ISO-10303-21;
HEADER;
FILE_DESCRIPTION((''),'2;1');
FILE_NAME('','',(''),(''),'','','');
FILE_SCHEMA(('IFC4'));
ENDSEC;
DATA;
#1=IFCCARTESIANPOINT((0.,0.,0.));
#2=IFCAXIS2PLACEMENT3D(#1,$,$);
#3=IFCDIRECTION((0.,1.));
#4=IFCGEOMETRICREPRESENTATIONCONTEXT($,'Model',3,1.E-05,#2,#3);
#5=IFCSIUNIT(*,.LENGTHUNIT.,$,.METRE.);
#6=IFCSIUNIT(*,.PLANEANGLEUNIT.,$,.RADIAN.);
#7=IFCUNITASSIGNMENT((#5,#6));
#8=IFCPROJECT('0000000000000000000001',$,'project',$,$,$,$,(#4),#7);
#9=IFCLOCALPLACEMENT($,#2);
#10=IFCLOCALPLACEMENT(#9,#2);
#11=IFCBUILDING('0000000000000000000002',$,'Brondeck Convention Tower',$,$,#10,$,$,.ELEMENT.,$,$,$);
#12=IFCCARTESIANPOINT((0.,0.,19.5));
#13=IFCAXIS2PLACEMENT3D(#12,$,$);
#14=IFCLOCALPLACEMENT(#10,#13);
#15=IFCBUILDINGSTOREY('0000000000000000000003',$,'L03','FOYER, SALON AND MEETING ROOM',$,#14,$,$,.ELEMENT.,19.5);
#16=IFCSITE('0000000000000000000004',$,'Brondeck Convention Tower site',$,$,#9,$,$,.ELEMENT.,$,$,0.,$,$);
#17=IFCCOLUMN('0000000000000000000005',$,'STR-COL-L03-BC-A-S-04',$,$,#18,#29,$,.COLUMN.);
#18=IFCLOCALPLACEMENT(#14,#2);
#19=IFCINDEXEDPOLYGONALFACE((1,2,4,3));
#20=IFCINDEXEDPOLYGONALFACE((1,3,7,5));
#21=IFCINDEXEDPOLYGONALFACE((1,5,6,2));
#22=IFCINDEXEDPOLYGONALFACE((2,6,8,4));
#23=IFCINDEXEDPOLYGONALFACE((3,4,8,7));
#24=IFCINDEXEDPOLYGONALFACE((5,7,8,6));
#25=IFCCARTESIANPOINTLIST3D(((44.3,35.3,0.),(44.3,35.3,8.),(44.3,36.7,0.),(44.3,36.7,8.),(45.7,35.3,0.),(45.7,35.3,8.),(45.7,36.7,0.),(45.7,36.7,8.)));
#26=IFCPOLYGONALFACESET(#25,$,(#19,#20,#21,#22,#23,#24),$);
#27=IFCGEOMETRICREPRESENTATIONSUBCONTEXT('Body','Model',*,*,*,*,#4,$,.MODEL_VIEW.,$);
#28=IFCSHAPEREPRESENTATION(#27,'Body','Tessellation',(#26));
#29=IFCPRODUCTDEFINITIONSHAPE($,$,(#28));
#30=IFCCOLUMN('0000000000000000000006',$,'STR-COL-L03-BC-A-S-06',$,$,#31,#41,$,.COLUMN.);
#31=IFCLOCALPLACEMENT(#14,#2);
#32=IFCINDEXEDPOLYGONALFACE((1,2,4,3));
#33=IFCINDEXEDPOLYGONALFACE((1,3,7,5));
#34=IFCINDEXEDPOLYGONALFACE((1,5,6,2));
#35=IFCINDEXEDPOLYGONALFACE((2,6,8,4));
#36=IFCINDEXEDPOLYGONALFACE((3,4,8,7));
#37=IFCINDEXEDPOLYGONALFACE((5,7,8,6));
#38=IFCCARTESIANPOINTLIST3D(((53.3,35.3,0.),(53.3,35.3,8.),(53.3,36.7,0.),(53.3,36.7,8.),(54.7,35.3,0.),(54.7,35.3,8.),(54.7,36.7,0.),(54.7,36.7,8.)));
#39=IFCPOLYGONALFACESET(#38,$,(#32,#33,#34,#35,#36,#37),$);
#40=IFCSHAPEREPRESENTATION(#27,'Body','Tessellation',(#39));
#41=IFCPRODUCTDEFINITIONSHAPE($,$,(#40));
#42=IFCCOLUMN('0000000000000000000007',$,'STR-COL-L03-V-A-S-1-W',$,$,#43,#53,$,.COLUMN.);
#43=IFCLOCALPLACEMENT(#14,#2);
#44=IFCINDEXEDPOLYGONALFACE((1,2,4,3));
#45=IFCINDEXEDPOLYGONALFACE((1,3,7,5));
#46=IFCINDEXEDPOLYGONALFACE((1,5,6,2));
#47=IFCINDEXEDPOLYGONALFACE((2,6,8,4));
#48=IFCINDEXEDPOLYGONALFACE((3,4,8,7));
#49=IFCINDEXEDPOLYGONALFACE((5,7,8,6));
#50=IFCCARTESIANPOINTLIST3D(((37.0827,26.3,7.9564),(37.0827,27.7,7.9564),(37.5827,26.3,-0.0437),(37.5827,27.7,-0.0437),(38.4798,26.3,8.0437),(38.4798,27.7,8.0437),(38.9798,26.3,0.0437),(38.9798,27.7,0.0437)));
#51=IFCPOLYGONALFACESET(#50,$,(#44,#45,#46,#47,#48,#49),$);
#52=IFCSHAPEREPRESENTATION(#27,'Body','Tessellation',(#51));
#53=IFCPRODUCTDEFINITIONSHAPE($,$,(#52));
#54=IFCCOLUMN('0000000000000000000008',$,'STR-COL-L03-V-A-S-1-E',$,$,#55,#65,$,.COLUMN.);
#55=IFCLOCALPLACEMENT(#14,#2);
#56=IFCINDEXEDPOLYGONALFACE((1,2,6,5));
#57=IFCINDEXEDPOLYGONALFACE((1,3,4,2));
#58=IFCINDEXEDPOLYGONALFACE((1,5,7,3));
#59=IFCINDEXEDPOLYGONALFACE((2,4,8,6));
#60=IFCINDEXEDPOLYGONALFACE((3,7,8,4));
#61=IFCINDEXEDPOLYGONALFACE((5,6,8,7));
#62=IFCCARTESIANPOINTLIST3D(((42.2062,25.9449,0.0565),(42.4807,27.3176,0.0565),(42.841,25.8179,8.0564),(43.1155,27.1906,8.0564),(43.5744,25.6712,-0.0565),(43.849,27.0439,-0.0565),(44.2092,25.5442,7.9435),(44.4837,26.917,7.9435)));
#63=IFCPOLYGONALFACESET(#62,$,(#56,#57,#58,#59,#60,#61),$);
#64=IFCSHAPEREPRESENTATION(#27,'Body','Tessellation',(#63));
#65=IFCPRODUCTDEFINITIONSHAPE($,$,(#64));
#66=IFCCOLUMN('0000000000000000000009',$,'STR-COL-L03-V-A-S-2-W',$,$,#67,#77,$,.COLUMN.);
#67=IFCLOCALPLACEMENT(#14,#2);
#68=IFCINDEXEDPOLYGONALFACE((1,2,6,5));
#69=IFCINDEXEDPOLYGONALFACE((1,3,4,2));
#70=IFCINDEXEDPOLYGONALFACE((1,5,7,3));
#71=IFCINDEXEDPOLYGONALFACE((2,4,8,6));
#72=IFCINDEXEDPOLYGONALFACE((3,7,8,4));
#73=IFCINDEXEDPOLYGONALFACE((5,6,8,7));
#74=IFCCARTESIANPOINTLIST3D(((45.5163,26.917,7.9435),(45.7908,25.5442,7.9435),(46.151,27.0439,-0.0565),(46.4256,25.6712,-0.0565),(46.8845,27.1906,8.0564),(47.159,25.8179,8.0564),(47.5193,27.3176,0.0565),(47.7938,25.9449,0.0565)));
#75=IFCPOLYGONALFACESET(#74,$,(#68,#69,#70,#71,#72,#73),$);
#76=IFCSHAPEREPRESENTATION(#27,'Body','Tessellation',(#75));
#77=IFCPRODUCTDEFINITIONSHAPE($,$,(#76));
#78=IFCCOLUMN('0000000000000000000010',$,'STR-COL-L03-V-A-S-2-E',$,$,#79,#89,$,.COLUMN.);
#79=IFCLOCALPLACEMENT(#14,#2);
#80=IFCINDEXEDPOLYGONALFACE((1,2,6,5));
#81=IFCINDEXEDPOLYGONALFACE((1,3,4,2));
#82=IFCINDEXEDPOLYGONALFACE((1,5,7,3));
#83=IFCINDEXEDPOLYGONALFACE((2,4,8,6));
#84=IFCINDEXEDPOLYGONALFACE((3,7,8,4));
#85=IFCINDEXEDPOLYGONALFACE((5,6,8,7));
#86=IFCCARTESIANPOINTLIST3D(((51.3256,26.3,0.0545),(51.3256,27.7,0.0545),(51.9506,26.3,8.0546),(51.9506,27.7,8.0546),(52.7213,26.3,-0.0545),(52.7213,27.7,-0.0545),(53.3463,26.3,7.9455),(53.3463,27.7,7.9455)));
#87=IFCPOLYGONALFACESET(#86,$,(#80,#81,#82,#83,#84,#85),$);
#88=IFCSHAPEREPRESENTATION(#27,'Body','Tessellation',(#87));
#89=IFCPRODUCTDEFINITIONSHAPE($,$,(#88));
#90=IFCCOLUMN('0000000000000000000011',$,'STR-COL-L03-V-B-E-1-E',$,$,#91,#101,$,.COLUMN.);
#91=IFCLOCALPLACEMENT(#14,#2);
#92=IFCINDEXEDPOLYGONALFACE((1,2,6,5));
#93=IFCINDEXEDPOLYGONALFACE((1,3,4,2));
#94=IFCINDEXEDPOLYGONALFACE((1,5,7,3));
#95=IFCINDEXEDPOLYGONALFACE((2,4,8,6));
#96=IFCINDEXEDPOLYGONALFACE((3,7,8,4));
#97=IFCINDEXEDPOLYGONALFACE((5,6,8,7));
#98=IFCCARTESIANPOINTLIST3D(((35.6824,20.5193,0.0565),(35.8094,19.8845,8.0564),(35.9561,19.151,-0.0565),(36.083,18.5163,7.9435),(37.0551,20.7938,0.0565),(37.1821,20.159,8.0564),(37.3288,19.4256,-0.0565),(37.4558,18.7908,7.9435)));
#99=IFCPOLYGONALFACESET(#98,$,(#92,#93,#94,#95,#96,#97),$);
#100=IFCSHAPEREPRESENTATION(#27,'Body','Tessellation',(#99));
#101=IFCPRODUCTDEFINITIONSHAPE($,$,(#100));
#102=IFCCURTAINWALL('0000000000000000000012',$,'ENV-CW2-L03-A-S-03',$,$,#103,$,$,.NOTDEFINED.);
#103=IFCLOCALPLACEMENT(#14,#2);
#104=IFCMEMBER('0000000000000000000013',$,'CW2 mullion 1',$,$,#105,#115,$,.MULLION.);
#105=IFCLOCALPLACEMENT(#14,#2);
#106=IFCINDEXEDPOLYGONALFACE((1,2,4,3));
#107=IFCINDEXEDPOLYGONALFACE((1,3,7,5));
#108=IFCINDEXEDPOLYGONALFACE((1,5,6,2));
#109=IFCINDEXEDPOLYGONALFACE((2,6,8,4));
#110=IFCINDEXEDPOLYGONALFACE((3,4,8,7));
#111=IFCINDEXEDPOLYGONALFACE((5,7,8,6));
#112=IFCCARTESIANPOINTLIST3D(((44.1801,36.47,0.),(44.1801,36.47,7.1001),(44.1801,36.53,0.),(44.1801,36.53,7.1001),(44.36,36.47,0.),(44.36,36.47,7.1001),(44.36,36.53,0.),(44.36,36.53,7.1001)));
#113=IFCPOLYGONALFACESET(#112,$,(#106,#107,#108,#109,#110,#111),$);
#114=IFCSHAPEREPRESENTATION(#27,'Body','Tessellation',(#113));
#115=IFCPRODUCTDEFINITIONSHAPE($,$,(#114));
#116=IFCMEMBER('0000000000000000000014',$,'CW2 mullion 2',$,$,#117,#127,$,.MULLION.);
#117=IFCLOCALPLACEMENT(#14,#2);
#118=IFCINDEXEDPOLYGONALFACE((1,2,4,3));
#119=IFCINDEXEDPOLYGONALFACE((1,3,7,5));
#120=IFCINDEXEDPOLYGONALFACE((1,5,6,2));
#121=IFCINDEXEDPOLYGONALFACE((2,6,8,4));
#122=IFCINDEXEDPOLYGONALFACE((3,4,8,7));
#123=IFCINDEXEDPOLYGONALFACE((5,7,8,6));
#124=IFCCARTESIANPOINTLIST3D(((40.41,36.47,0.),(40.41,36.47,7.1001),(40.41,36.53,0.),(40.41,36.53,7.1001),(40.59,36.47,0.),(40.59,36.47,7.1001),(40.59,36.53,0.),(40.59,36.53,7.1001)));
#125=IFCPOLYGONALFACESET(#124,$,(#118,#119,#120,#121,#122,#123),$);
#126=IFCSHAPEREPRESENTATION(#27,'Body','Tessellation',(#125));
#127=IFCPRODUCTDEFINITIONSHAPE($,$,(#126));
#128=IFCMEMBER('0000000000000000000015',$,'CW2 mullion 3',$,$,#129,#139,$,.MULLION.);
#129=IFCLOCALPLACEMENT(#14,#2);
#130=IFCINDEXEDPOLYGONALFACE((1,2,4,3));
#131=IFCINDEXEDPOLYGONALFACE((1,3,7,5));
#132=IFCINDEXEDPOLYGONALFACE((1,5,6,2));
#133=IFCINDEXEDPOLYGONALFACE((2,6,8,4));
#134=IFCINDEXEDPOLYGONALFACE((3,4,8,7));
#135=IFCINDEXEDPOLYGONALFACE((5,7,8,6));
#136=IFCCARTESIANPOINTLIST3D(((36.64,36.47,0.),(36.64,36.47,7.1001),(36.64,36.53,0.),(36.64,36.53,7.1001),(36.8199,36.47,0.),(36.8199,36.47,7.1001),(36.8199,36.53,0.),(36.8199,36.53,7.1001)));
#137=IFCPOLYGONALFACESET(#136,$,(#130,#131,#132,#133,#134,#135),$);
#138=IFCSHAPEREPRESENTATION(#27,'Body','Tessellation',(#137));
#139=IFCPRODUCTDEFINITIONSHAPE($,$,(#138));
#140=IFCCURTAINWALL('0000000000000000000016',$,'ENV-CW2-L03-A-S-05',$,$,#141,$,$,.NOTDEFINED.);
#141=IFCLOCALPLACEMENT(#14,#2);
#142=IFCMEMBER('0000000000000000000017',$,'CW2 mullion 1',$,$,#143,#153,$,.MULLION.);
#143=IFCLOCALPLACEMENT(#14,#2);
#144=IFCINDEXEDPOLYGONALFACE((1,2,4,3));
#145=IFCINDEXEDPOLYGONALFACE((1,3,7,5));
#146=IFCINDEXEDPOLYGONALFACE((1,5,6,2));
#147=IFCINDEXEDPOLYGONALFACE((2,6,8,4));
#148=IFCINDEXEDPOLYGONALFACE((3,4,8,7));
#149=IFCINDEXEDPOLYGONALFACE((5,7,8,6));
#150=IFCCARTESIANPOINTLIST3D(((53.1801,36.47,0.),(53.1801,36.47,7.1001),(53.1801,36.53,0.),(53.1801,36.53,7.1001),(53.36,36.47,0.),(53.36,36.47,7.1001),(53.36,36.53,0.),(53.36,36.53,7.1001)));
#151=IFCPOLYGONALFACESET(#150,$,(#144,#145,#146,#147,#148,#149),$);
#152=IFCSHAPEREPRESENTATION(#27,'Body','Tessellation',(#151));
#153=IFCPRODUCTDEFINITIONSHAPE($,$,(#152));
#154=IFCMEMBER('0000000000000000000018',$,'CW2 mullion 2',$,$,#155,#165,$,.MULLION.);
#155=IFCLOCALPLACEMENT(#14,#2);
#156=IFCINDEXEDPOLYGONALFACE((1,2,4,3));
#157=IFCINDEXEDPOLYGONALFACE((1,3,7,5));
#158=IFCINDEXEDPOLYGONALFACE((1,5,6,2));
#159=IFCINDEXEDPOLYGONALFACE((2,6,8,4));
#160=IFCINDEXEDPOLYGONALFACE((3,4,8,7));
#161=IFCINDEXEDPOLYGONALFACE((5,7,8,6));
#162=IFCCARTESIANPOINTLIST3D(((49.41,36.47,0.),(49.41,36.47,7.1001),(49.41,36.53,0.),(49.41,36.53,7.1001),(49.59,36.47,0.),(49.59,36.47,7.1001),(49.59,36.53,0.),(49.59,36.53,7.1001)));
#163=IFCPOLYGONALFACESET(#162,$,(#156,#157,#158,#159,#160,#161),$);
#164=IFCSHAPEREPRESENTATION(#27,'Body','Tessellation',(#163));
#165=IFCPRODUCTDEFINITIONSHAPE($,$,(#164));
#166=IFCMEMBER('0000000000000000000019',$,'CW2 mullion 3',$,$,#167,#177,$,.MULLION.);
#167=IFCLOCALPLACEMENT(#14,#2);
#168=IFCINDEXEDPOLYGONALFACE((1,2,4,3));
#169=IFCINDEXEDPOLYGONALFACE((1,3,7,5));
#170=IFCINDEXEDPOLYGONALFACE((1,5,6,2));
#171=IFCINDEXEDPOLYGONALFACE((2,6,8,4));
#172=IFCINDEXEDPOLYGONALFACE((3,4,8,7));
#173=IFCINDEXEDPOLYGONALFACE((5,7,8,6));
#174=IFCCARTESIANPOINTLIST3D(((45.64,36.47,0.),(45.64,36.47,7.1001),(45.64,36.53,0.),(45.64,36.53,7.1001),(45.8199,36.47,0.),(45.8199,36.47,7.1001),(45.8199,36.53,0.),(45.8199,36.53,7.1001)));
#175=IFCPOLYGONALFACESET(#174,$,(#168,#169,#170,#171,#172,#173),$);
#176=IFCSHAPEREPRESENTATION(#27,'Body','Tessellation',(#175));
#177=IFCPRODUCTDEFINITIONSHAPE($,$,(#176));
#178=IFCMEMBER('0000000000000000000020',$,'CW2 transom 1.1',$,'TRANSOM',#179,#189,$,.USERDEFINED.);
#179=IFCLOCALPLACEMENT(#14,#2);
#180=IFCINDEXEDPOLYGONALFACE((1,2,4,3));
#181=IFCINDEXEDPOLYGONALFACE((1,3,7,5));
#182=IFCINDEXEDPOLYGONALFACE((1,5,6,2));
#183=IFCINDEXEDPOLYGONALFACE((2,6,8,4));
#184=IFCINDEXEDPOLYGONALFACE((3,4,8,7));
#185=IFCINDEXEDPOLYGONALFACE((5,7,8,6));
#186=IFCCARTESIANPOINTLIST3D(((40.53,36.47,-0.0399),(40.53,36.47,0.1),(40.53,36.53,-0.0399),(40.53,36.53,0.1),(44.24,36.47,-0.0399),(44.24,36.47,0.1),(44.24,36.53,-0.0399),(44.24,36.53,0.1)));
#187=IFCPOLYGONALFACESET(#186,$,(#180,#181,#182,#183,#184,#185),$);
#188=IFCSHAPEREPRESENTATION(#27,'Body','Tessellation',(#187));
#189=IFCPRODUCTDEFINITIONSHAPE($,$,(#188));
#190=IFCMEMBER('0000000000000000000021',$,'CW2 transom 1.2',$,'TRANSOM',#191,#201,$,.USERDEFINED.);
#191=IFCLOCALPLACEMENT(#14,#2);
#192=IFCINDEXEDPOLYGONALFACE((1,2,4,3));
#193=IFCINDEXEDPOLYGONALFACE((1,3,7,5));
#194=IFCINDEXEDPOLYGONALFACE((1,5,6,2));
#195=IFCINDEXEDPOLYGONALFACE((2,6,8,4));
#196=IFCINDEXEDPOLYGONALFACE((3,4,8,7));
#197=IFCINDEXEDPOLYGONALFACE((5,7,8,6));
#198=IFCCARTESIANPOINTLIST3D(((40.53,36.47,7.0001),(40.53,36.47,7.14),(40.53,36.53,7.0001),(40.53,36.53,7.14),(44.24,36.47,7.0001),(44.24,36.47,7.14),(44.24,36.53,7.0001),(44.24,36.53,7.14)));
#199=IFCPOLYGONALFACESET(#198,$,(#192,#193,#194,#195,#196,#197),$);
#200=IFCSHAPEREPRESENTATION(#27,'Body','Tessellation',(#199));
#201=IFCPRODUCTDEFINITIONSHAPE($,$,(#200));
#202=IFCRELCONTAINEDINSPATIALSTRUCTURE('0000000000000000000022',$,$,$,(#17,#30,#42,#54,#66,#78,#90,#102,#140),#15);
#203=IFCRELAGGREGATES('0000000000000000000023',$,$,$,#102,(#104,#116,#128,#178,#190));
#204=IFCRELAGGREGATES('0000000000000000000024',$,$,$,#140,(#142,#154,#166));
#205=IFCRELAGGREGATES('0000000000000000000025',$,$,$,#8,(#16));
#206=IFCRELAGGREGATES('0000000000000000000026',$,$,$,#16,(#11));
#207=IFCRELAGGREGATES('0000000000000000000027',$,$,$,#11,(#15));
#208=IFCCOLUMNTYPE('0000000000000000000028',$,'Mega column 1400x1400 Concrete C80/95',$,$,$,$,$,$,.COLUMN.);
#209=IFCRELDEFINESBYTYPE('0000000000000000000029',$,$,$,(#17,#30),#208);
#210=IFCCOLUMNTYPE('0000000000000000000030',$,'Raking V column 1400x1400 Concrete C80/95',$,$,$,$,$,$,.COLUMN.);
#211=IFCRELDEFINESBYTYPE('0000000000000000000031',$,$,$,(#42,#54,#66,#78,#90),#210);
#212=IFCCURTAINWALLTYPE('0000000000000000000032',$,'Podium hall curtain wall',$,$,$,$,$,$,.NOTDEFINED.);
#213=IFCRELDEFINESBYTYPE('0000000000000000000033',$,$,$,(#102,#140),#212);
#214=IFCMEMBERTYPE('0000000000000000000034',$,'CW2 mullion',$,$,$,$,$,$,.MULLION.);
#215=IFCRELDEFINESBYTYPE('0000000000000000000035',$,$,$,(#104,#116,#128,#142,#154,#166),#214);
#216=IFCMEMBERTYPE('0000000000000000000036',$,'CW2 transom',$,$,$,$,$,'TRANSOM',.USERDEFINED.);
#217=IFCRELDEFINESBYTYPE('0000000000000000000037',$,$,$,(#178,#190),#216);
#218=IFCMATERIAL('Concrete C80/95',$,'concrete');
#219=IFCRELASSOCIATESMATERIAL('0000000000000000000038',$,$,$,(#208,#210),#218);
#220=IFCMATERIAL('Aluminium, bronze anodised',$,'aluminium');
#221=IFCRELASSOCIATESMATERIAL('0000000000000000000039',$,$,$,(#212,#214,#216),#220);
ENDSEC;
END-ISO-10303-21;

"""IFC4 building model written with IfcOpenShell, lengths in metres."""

from ifc_helpers import new_model, si_unit, direction, frame, origin, origin_2d, place, context, subcontext, project, spatial, rectangle, extrude, material, material_profile, profile_set, type_object, element, aggregate, save


model = new_model("IFC4")

# Units and contexts
model_context = context("Model", 3, precision=1e-05, world=origin(), true_north=direction((0.0, 1.0)))
body_context = subcontext(model_context, "Body", "Model", "MODEL_VIEW")
ifc_project = project(units=[si_unit("LENGTHUNIT", "METRE"), si_unit("PLANEANGLEUNIT", "RADIAN")], contexts=[model_context])

# Site, building, storey
site_placement = place(None, origin())
site = spatial("IfcSite", under=ifc_project, at=site_placement, Name="Brondeck Convention Tower site", CompositionType="ELEMENT", RefElevation=0.0)
building_placement = place(site_placement, origin())
building = spatial("IfcBuilding", under=site, at=building_placement, Name="Brondeck Convention Tower", CompositionType="ELEMENT")
storey_placement = place(building_placement, frame((0.0, 0.0, 19.5)))
storey = spatial("IfcBuildingStorey", under=building, at=storey_placement, Name="L03", Description="FOYER, SALON AND MEETING ROOM", CompositionType="ELEMENT", Elevation=19.5)

# Columns
ifc_material_1 = material(Name="Concrete C80/95", Category="concrete")
ifc_material_profile_1 = material_profile(ifc_material_1, rectangle(XDim=1.3999, YDim=1.3999, at=origin_2d()), Name="Mega column 1400x1400 Concrete C80/95")
ifc_profile_set_1 = profile_set([ifc_material_profile_1], Name="Concrete C80/95")
column_type_1 = type_object("IfcColumnType", Name="Mega column 1400x1400 Concrete C80/95", PredefinedType="COLUMN", material=ifc_profile_set_1)
for number, where, z_axis, x_axis, name in (
    (1, (45.0, 36.0, 0.0), (0.0, 0.0, 1.0), (1.0, 0.0, 0.0), "STR-COL-L03-BC-A-S-04"),
    (2, (54.0, 36.0, 0.0), (0.0, 0.0, 1.0), (1.0, 0.0, 0.0), "STR-COL-L03-BC-A-S-06"),
):
    element("IfcColumn", number, at=place(storey_placement, frame(where, z_axis=z_axis, x_axis=x_axis)), inside=storey, type_object=column_type_1, Name=name, PredefinedType="COLUMN", context=body_context, shape_type="SweptSolid", body=[
        extrude(rectangle(XDim=1.3999, YDim=1.3999, at=origin_2d()), origin(), (0.0, 0.0, 1.0), 8.0),
    ])
ifc_material_profile_2 = material_profile(ifc_material_1, rectangle(XDim=1.3999, YDim=1.3999, at=origin_2d()), Name="Raking V column 1400x1400 Concrete C80/95")
ifc_profile_set_2 = profile_set([ifc_material_profile_2], Name="Concrete C80/95")
column_type_2 = type_object("IfcColumnType", Name="Raking V column 1400x1400 Concrete C80/95", PredefinedType="COLUMN", material=ifc_profile_set_2)
column_1_placement = place(storey_placement, frame((38.2812, 27.0, 0.0), z_axis=(-0.062378, 0.0, 0.998053), x_axis=(0.0, -1.0, 0.0)))
element("IfcColumn", 3, at=column_1_placement, inside=storey, type_object=column_type_2, Name="STR-COL-L03-V-A-S-1-W", PredefinedType="COLUMN", context=body_context, shape_type="SweptSolid", body=[
    extrude(rectangle(XDim=1.3999, YDim=1.3999, at=origin_2d()), origin(), (0.0, 0.0, 1.0), 8.0156),
])
for number, where, z_axis, x_axis, name in (
    (4, (43.0276, 26.4944, 0.0), (0.079087, -0.015817, 0.996742), (0.196116, 0.980581, 0.0), "STR-COL-L03-V-A-S-1-E"),
    (5, (46.9724, 26.4944, 0.0), (-0.079087, -0.015817, 0.996742), (0.196116, -0.980581, 0.0), "STR-COL-L03-V-A-S-2-W"),
):
    element("IfcColumn", number, at=place(storey_placement, frame(where, z_axis=z_axis, x_axis=x_axis)), inside=storey, type_object=column_type_2, Name=name, PredefinedType="COLUMN", context=body_context, shape_type="SweptSolid", body=[
        extrude(rectangle(XDim=1.3999, YDim=1.3999, at=origin_2d()), origin(), (0.0, 0.0, 1.0), 8.0261),
    ])
column_2_placement = place(storey_placement, frame((52.0234, 27.0, 0.0), z_axis=(0.077888, 0.0, 0.996962), x_axis=(0.0, 1.0, 0.0)))
element("IfcColumn", 6, at=column_2_placement, inside=storey, type_object=column_type_2, Name="STR-COL-L03-V-A-S-2-E", PredefinedType="COLUMN", context=body_context, shape_type="SweptSolid", body=[
    extrude(rectangle(XDim=1.3999, YDim=1.3999, at=origin_2d()), origin(), (0.0, 0.0, 1.0), 8.0244),
])
column_3_placement = place(storey_placement, frame((36.5056, 19.9724, 0.0), z_axis=(0.015817, -0.079087, 0.996742), x_axis=(0.980581, 0.196116, 0.0)))
element("IfcColumn", 7, at=column_3_placement, inside=storey, type_object=column_type_2, Name="STR-COL-L03-V-B-E-1-E", PredefinedType="COLUMN", context=body_context, shape_type="SweptSolid", body=[
    extrude(rectangle(XDim=1.3999, YDim=1.3999, at=origin_2d()), origin(), (0.0, 0.0, 1.0), 8.0261),
])

# Curtain walls, members
ifc_material_2 = material(Name="Aluminium, bronze anodised", Category="aluminium")
curtain_wall_type = type_object("IfcCurtainWallType", Name="Podium hall curtain wall", PredefinedType="NOTDEFINED", material=ifc_material_2)
curtain_wall_1_placement = place(storey_placement, origin())
curtain_wall_1 = element("IfcCurtainWall", 8, at=curtain_wall_1_placement, inside=storey, type_object=curtain_wall_type, Name="ENV-CW2-L03-A-S-03", PredefinedType="NOTDEFINED")
ifc_material_profile_3 = material_profile(ifc_material_2, rectangle(XDim=0.0601, YDim=0.1799, at=origin_2d()), Name="CW2 mullion")
ifc_profile_set_3 = profile_set([ifc_material_profile_3], Name="Aluminium, bronze anodised")
member_type_1 = type_object("IfcMemberType", Name="CW2 mullion", PredefinedType="MULLION", material=ifc_profile_set_3)
member_1_placement = place(storey_placement, frame((44.27, 36.5, 0.0), z_axis=(0.0, 0.0, 1.0), x_axis=(0.0, -1.0, 0.0)))
member_1 = element("IfcMember", 9, at=member_1_placement, type_object=member_type_1, Name="CW2 mullion 1", PredefinedType="MULLION", context=body_context, shape_type="SweptSolid", body=[
    extrude(rectangle(XDim=0.0601, YDim=0.1799, at=origin_2d()), origin(), (0.0, 0.0, 1.0), 7.1001),
])
member_2_placement = place(storey_placement, frame((40.5, 36.5, 0.0), z_axis=(0.0, 0.0, 1.0), x_axis=(0.0, -1.0, 0.0)))
member_2 = element("IfcMember", 10, at=member_2_placement, type_object=member_type_1, Name="CW2 mullion 2", PredefinedType="MULLION", context=body_context, shape_type="SweptSolid", body=[
    extrude(rectangle(XDim=0.0601, YDim=0.1799, at=origin_2d()), origin(), (0.0, 0.0, 1.0), 7.1001),
])
member_3_placement = place(storey_placement, frame((36.73, 36.5, 0.0), z_axis=(0.0, 0.0, 1.0), x_axis=(0.0, -1.0, 0.0)))
member_3 = element("IfcMember", 11, at=member_3_placement, type_object=member_type_1, Name="CW2 mullion 3", PredefinedType="MULLION", context=body_context, shape_type="SweptSolid", body=[
    extrude(rectangle(XDim=0.0601, YDim=0.1799, at=origin_2d()), origin(), (0.0, 0.0, 1.0), 7.1001),
])
curtain_wall_2_placement = place(storey_placement, origin())
curtain_wall_2 = element("IfcCurtainWall", 12, at=curtain_wall_2_placement, inside=storey, type_object=curtain_wall_type, Name="ENV-CW2-L03-A-S-05", PredefinedType="NOTDEFINED")
member_4_placement = place(storey_placement, frame((53.27, 36.5, 0.0), z_axis=(0.0, 0.0, 1.0), x_axis=(0.0, -1.0, 0.0)))
member_4 = element("IfcMember", 13, at=member_4_placement, type_object=member_type_1, Name="CW2 mullion 1", PredefinedType="MULLION", context=body_context, shape_type="SweptSolid", body=[
    extrude(rectangle(XDim=0.0601, YDim=0.1799, at=origin_2d()), origin(), (0.0, 0.0, 1.0), 7.1001),
])
member_5_placement = place(storey_placement, frame((49.5, 36.5, 0.0), z_axis=(0.0, 0.0, 1.0), x_axis=(0.0, -1.0, 0.0)))
member_5 = element("IfcMember", 14, at=member_5_placement, type_object=member_type_1, Name="CW2 mullion 2", PredefinedType="MULLION", context=body_context, shape_type="SweptSolid", body=[
    extrude(rectangle(XDim=0.0601, YDim=0.1799, at=origin_2d()), origin(), (0.0, 0.0, 1.0), 7.1001),
])
member_6_placement = place(storey_placement, frame((45.73, 36.5, 0.0), z_axis=(0.0, 0.0, 1.0), x_axis=(0.0, -1.0, 0.0)))
member_6 = element("IfcMember", 15, at=member_6_placement, type_object=member_type_1, Name="CW2 mullion 3", PredefinedType="MULLION", context=body_context, shape_type="SweptSolid", body=[
    extrude(rectangle(XDim=0.0601, YDim=0.1799, at=origin_2d()), origin(), (0.0, 0.0, 1.0), 7.1001),
])

# Members
ifc_material_profile_4 = material_profile(ifc_material_2, rectangle(XDim=0.0601, YDim=0.1399, at=origin_2d()), Name="CW2 transom")
ifc_profile_set_4 = profile_set([ifc_material_profile_4], Name="Aluminium, bronze anodised")
member_type_2 = type_object("IfcMemberType", Name="CW2 transom", ElementType="TRANSOM", PredefinedType="USERDEFINED", material=ifc_profile_set_4)
member_7_placement = place(storey_placement, frame((44.24, 36.5, 0.03), z_axis=(-1.0, 0.0, 0.0), x_axis=(0.0, -1.0, 0.0)))
member_7 = element("IfcMember", 16, at=member_7_placement, type_object=member_type_2, Name="CW2 transom 1.1", ObjectType="TRANSOM", PredefinedType="USERDEFINED", context=body_context, shape_type="SweptSolid", body=[
    extrude(rectangle(XDim=0.0601, YDim=0.1399, at=origin_2d()), origin(), (0.0, 0.0, 1.0), 3.71),
])
member_8_placement = place(storey_placement, frame((44.24, 36.5, 7.0701), z_axis=(-1.0, 0.0, 0.0), x_axis=(0.0, -1.0, 0.0)))
member_8 = element("IfcMember", 17, at=member_8_placement, type_object=member_type_2, Name="CW2 transom 1.2", ObjectType="TRANSOM", PredefinedType="USERDEFINED", context=body_context, shape_type="SweptSolid", body=[
    extrude(rectangle(XDim=0.0601, YDim=0.1399, at=origin_2d()), origin(), (0.0, 0.0, 1.0), 3.71),
])

aggregate(curtain_wall_1, [member_1, member_2, member_3, member_7, member_8])
aggregate(curtain_wall_2, [member_4, member_5, member_6])

save(model, "model.ifc")
